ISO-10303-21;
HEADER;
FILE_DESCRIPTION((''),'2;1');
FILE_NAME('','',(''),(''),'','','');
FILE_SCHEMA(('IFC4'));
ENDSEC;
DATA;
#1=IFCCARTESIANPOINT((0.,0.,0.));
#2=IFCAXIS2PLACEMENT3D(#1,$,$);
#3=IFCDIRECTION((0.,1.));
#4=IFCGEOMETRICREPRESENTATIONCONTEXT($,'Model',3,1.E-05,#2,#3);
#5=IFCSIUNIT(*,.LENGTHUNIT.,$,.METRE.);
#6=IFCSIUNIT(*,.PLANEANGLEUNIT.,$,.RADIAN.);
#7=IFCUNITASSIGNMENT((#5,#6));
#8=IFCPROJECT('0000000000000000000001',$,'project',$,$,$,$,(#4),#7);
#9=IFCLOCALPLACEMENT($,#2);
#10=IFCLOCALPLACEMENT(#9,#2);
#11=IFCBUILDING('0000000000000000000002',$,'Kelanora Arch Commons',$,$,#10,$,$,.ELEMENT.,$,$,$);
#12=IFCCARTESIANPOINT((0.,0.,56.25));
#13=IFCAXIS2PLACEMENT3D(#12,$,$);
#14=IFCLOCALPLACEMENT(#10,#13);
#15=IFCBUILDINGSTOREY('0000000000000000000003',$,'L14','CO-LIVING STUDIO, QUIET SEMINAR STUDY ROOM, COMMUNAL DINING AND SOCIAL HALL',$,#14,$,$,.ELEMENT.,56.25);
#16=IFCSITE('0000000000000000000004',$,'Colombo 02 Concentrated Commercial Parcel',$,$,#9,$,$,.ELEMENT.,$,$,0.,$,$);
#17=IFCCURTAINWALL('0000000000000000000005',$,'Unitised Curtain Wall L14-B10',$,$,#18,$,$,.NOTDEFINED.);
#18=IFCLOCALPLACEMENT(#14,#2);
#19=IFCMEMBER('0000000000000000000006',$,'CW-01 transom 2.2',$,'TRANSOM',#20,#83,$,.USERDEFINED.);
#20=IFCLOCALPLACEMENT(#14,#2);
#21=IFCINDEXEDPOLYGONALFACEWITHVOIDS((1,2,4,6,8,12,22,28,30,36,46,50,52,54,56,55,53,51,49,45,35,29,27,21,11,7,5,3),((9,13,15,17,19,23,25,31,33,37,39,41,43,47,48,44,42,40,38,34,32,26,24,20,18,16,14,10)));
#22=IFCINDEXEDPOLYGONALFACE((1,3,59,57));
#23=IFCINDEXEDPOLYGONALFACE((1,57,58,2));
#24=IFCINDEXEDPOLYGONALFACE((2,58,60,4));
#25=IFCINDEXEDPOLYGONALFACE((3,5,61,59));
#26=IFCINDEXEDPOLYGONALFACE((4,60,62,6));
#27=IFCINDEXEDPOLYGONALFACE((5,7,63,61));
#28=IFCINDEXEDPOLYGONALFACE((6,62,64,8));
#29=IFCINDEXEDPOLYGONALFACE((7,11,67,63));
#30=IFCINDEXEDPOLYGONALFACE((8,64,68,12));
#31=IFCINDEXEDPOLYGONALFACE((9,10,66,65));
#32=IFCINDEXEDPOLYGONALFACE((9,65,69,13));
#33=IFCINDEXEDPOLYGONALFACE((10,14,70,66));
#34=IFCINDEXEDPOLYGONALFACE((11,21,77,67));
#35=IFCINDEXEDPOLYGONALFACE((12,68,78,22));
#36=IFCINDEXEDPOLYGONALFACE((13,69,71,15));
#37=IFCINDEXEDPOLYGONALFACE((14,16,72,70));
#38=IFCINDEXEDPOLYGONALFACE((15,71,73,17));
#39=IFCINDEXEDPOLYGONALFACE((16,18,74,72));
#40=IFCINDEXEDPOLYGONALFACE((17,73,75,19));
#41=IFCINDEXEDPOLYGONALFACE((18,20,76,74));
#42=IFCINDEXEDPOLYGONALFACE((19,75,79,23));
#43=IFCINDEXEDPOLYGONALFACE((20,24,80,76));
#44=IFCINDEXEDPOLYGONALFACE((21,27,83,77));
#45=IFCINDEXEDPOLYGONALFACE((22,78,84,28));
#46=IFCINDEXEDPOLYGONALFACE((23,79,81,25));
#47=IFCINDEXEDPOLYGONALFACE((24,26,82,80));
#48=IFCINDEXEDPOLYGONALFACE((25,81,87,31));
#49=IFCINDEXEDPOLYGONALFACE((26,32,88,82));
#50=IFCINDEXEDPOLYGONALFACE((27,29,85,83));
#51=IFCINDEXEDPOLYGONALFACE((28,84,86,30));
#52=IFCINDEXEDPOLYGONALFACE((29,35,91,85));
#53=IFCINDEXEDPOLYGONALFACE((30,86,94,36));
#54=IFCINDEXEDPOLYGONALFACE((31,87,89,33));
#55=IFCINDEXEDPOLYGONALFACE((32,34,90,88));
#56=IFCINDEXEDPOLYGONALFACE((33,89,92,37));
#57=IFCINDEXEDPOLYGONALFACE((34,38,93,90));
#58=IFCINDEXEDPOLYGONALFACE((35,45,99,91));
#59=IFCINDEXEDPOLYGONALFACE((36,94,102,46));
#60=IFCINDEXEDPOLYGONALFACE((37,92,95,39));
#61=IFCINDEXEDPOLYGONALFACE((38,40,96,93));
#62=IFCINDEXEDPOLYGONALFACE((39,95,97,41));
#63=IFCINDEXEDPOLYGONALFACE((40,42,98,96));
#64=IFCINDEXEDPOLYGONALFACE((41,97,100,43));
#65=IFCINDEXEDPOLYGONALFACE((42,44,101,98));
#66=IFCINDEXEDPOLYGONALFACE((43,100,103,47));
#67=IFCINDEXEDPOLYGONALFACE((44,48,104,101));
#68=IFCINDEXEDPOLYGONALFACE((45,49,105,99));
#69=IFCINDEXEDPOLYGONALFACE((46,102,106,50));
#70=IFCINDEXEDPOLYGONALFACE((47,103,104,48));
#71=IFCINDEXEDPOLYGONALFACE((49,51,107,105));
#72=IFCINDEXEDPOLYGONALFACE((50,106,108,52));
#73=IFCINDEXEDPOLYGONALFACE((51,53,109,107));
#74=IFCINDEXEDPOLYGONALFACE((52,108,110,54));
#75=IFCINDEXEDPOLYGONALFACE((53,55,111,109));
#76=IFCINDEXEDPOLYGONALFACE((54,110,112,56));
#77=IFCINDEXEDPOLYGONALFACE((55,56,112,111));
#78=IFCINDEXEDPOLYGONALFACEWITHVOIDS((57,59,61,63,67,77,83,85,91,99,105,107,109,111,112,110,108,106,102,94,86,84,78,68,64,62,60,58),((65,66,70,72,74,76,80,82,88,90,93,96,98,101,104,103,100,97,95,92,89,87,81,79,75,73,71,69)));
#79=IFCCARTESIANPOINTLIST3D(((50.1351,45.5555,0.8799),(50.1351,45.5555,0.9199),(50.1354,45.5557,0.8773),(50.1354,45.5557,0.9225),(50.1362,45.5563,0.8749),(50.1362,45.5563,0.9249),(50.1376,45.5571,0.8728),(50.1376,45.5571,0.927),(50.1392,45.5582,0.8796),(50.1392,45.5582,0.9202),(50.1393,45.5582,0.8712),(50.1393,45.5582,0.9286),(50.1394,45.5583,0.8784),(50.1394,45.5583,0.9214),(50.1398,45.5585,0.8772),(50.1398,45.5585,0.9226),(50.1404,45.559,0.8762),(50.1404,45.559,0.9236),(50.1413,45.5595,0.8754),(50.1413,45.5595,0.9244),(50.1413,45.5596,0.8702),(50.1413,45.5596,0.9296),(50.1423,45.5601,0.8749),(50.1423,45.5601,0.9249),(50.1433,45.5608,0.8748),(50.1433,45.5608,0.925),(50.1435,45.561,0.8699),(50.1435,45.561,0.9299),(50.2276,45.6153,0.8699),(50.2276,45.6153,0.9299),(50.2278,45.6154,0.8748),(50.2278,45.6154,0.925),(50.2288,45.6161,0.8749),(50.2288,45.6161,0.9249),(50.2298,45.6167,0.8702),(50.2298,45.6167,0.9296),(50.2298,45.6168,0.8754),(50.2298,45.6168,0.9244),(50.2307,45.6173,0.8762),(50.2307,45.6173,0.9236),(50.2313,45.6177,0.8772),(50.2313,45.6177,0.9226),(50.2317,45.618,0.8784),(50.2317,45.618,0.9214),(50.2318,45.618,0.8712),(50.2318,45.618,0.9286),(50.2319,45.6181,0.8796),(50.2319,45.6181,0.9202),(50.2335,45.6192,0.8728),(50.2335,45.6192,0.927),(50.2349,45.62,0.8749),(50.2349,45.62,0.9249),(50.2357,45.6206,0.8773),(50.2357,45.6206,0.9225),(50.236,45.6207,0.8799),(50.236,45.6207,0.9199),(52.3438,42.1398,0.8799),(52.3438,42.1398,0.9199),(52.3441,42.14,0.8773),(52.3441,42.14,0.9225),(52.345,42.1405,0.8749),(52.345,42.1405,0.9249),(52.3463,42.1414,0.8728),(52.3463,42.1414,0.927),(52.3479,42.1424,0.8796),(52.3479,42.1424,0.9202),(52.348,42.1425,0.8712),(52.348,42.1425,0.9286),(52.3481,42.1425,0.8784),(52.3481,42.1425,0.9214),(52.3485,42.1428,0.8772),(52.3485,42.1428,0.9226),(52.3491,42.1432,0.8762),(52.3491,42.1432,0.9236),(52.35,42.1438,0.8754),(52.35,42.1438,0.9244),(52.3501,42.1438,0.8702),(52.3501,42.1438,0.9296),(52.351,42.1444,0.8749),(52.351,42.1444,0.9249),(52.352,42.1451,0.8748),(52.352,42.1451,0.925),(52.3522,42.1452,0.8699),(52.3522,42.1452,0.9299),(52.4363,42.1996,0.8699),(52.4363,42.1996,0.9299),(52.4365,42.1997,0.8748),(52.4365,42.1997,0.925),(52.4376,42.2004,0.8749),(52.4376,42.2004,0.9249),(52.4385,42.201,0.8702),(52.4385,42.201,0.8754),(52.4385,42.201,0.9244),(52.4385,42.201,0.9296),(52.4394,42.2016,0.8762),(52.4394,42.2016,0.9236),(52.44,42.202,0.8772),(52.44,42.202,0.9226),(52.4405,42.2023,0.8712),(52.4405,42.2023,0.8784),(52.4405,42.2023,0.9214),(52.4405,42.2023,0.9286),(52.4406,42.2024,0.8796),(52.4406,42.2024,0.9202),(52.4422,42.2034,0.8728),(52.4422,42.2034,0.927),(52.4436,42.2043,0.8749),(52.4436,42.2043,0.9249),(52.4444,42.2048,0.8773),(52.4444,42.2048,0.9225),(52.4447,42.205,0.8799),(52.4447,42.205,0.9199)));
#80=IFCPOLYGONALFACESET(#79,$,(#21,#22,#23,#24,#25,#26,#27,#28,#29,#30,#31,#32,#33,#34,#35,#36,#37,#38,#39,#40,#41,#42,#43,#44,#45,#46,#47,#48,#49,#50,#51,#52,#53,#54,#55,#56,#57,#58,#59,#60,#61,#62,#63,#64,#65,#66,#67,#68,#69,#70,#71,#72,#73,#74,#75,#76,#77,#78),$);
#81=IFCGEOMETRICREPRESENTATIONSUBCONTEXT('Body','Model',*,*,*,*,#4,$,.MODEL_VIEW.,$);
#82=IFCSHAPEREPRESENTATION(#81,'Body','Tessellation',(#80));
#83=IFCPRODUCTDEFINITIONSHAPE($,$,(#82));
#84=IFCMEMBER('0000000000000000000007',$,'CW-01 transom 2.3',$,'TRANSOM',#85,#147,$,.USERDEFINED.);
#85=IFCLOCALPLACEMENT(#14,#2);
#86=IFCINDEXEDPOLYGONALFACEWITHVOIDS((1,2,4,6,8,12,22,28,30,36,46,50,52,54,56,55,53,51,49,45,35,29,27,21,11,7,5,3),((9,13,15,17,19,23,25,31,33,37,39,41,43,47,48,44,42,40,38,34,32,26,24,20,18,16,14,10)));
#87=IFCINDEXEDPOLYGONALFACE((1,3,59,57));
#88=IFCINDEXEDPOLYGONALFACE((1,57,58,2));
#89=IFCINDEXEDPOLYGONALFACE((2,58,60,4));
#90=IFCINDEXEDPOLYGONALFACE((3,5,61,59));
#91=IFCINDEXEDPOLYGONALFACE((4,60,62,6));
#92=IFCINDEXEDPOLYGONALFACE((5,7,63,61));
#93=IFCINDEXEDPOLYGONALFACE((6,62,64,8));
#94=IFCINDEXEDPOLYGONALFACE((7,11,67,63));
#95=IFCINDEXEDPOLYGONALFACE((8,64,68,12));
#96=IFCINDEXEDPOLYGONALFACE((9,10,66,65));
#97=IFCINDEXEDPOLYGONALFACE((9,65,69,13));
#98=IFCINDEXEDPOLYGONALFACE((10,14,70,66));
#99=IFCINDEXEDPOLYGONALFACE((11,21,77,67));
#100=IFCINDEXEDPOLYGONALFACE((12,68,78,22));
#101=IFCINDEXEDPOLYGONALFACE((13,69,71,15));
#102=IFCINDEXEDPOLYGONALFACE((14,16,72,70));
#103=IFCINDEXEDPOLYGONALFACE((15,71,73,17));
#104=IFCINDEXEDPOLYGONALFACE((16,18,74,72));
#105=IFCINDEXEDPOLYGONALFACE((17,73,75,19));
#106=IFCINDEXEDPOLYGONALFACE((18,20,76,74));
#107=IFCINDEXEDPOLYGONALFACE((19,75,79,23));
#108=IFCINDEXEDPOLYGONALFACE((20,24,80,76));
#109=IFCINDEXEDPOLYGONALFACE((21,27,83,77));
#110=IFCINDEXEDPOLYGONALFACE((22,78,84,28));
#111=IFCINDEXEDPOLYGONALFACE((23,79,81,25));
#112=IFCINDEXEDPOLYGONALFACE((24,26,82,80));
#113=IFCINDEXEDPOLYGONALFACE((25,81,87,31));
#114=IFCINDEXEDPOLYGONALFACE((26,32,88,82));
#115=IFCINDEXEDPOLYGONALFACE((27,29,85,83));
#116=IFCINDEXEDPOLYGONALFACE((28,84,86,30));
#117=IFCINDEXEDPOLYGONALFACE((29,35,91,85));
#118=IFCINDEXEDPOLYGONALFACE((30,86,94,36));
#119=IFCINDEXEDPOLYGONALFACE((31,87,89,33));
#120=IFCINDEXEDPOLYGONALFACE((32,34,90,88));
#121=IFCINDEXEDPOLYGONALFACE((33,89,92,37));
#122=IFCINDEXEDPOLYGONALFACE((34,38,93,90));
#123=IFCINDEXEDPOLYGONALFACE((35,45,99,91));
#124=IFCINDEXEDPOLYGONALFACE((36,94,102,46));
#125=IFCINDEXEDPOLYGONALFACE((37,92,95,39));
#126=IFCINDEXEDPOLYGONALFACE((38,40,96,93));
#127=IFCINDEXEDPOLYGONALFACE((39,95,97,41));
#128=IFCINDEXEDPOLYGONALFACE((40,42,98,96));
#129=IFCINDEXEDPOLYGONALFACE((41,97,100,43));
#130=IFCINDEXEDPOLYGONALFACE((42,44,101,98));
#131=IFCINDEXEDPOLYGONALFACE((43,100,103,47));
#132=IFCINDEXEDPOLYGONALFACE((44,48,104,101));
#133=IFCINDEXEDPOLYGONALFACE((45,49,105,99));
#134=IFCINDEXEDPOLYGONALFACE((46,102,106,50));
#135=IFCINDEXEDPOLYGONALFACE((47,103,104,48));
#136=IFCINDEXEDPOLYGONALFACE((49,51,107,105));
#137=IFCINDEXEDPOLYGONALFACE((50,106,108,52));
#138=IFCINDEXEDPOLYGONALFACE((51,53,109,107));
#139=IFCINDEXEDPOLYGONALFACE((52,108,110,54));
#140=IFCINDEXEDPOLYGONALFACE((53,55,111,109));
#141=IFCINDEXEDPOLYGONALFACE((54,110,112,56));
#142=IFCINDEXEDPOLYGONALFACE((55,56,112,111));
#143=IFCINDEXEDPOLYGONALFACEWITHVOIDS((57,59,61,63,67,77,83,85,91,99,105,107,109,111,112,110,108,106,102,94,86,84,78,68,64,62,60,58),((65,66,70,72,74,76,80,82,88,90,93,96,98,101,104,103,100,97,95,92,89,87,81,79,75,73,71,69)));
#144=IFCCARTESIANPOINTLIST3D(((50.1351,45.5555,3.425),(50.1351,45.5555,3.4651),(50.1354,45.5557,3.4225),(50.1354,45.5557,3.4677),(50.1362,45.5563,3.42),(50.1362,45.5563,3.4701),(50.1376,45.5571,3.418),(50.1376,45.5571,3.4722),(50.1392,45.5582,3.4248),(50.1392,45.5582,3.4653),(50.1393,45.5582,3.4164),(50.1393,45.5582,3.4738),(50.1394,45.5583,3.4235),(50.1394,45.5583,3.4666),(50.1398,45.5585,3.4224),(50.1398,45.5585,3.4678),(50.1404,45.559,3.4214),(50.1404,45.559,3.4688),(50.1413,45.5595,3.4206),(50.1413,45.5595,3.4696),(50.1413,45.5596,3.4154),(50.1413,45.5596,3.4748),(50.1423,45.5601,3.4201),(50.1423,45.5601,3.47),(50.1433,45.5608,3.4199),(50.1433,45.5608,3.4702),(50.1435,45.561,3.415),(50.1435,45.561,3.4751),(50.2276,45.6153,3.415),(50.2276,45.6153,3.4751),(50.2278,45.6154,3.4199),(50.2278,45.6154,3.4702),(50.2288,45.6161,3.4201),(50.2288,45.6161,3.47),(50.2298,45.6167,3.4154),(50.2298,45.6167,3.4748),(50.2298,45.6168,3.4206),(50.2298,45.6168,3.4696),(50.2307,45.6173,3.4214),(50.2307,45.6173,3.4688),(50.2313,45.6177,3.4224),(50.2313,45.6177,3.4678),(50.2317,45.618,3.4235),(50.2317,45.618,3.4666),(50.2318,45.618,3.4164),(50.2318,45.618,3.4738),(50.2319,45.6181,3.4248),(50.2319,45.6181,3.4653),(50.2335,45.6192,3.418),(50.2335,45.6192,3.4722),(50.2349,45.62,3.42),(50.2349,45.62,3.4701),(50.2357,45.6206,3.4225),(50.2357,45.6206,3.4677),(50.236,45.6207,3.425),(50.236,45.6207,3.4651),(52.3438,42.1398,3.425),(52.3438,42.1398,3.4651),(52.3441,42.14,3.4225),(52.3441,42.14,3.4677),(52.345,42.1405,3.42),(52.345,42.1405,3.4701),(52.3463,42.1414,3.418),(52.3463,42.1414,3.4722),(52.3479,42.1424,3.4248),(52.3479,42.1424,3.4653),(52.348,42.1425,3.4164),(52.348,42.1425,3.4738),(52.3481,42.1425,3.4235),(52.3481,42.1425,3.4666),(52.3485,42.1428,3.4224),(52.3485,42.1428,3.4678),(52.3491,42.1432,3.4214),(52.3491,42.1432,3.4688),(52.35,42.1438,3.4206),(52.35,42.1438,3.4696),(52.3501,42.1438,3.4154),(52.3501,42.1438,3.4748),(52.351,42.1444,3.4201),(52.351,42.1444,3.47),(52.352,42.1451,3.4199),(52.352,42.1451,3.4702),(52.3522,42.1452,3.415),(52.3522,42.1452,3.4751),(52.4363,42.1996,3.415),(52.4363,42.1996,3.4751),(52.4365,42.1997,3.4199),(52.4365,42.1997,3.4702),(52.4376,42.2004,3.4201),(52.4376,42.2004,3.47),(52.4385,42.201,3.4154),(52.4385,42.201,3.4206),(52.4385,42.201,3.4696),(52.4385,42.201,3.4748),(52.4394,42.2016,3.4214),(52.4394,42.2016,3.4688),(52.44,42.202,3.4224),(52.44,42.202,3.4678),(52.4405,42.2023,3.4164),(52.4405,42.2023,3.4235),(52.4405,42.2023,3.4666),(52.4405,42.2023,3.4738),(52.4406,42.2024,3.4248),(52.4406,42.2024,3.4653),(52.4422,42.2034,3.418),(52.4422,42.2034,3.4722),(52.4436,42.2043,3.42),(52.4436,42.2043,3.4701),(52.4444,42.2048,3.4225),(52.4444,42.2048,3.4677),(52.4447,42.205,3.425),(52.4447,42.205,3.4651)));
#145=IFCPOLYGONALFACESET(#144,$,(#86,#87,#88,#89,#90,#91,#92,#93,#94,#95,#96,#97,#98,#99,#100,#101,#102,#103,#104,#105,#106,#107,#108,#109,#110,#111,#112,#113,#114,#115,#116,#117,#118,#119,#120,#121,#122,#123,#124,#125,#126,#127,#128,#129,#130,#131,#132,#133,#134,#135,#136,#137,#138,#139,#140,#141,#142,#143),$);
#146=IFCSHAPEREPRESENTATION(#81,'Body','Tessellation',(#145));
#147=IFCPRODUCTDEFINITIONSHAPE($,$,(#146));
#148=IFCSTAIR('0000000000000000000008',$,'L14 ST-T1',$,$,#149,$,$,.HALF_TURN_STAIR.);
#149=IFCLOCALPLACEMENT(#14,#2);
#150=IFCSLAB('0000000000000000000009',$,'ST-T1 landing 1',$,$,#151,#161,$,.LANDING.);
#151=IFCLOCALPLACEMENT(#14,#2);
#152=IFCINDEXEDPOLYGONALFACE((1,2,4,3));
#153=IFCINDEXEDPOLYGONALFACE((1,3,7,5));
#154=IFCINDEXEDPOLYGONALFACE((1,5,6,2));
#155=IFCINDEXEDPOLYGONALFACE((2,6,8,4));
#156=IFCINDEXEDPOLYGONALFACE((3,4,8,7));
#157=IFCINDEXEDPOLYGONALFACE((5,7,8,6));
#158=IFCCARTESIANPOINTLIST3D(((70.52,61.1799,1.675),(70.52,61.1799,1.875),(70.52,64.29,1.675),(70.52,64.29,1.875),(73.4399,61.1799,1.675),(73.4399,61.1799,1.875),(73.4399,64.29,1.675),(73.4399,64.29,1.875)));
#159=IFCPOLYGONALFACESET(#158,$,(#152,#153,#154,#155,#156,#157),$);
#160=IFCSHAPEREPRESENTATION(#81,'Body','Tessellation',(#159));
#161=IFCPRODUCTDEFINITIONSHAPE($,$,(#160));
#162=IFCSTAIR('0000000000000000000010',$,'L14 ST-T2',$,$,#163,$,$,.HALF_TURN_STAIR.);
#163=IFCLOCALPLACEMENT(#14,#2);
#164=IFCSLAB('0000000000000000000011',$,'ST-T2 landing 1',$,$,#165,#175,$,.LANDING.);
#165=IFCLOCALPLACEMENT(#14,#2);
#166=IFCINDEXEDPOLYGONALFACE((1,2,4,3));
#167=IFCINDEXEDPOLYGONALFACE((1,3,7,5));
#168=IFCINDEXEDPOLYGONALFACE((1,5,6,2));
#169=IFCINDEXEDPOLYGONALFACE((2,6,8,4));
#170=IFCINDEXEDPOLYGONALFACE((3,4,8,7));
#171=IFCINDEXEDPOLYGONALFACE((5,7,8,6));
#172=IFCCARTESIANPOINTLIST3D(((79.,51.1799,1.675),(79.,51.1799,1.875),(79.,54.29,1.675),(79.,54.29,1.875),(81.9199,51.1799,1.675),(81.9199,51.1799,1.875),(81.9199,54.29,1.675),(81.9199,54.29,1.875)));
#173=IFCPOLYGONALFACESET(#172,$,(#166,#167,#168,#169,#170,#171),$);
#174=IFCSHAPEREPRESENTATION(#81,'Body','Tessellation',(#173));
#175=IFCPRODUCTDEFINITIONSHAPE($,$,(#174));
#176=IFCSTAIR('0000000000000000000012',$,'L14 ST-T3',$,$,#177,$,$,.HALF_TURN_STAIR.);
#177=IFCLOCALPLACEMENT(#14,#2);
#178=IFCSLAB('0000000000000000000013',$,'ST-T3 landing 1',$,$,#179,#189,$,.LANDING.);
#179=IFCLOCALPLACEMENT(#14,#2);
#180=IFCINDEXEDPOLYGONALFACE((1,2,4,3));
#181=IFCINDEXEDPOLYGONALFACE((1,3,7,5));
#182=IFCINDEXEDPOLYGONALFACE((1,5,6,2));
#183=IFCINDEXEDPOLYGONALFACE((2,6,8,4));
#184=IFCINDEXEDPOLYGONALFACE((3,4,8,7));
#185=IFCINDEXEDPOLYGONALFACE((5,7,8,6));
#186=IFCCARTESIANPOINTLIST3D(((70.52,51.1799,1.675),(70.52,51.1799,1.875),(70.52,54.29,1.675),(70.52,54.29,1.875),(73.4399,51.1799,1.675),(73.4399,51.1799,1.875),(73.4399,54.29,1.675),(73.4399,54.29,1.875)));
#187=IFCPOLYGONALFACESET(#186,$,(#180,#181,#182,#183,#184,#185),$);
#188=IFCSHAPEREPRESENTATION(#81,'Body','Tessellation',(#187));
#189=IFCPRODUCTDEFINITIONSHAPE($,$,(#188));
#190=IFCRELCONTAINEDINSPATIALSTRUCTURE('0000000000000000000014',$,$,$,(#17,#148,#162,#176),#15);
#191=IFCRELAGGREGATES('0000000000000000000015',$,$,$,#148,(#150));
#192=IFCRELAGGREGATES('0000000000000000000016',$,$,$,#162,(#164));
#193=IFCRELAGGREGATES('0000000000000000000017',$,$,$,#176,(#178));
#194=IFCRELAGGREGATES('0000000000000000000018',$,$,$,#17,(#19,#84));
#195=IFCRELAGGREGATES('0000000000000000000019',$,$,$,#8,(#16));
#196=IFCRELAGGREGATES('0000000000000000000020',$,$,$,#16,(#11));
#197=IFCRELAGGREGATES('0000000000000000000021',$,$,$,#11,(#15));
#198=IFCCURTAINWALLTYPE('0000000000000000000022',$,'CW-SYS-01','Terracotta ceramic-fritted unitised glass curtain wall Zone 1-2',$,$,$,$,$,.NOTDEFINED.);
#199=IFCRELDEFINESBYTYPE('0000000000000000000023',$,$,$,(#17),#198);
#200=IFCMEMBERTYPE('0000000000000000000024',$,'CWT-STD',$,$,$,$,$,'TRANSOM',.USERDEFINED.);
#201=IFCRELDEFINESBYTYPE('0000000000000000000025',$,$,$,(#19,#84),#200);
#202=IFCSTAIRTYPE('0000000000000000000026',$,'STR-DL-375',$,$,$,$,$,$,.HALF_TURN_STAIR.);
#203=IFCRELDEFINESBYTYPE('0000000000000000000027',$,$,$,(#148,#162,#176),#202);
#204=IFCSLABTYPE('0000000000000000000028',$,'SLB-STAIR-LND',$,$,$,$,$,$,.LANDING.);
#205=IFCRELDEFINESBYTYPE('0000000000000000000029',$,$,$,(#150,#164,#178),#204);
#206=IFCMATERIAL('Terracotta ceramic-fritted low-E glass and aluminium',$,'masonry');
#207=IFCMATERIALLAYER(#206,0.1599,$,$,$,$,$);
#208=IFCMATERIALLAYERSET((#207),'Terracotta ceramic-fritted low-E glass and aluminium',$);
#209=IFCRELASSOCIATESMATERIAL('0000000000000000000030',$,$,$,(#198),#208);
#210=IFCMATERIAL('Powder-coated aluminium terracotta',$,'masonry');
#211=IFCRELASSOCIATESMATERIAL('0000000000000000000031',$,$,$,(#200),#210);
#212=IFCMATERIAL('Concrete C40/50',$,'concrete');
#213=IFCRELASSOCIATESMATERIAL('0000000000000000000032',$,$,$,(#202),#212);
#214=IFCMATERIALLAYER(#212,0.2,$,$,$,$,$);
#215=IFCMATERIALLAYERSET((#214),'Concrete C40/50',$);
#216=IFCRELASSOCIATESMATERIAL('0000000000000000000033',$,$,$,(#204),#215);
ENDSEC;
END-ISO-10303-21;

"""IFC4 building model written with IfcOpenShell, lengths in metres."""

from ifc_helpers import new_model, si_unit, direction, frame, origin, origin_2d, place, context, subcontext, project, spatial, polyline, hollow_rectangle, outline, extrude, material, layer, layer_set, material_profile, profile_set, type_object, element, aggregate, save


model = new_model("IFC4")

# Units and contexts
model_context = context("Model", 3, precision=1e-05, world=origin(), true_north=direction((0.0, 1.0)))
body_context = subcontext(model_context, "Body", "Model", "MODEL_VIEW")
ifc_project = project(units=[si_unit("LENGTHUNIT", "METRE"), si_unit("PLANEANGLEUNIT", "RADIAN")], contexts=[model_context])

# Site, building, storey
site_placement = place(None, origin())
site = spatial("IfcSite", under=ifc_project, at=site_placement, Name="Colombo 02 Concentrated Commercial Parcel", CompositionType="ELEMENT", RefElevation=0.0)
building_placement = place(site_placement, origin())
building = spatial("IfcBuilding", under=site, at=building_placement, Name="Kelanora Arch Commons", CompositionType="ELEMENT")
storey_placement = place(building_placement, frame((0.0, 0.0, 56.25)))
storey = spatial("IfcBuildingStorey", under=building, at=storey_placement, Name="L14", Description="CO-LIVING STUDIO, QUIET SEMINAR STUDY ROOM, COMMUNAL DINING AND SOCIAL HALL", CompositionType="ELEMENT", Elevation=56.25)

# Shared definitions
ifc_material_1 = material(Name="Terracotta ceramic-fritted low-E glass and aluminium", Category="masonry")
ifc_layer_1 = layer(ifc_material_1, 0.1599)
ifc_layer_set_1 = layer_set([ifc_layer_1], Name="Terracotta ceramic-fritted low-E glass and aluminium")
curtain_wall_type = type_object("IfcCurtainWallType", Name="CW-SYS-01", Description="Terracotta ceramic-fritted unitised glass curtain wall Zone 1-2", PredefinedType="NOTDEFINED", material=ifc_layer_set_1)
ifc_material_2 = material(Name="Powder-coated aluminium terracotta", Category="masonry")

# Curtain wall, members
curtain_wall_1_placement = place(storey_placement, origin())
curtain_wall_1 = element("IfcCurtainWall", 1, at=curtain_wall_1_placement, inside=storey, type_object=curtain_wall_type, Name="Unitised Curtain Wall L14-B10", PredefinedType="NOTDEFINED")
ifc_material_profile_1 = material_profile(ifc_material_2, hollow_rectangle(XDim=0.1201, YDim=0.0601, WallThickness=0.0049, InnerFilletRadius=0.0049, OuterFilletRadius=0.01, at=origin_2d()), Name="CWT120x60")
ifc_profile_set_1 = profile_set([ifc_material_profile_1], Name="Powder-coated aluminium terracotta")
member_type_1 = type_object("IfcMemberType", Name="CWT-STD", ElementType="TRANSOM", PredefinedType="USERDEFINED", material=ifc_profile_set_1)
member_1_placement = place(storey_placement, frame((50.1855, 45.5881, 0.8999), z_axis=(0.542997, -0.839734, 0.0), x_axis=(0.839734, 0.542997, 0.0)))
member_1 = element("IfcMember", 2, at=member_1_placement, type_object=member_type_1, Name="CW-01 transom 2.2", ObjectType="TRANSOM", PredefinedType="USERDEFINED", context=body_context, shape_type="SweptSolid", body=[
    extrude(hollow_rectangle(XDim=0.1201, YDim=0.0601, WallThickness=0.0049, InnerFilletRadius=0.0049, OuterFilletRadius=0.01, at=origin_2d()), origin(), (0.0, 0.0, 1.0), 4.0676),
])
member_2_placement = place(storey_placement, frame((50.1855, 45.5881, 3.4451), z_axis=(0.542997, -0.839734, 0.0), x_axis=(0.839734, 0.542997, 0.0)))
member_2 = element("IfcMember", 3, at=member_2_placement, type_object=member_type_1, Name="CW-01 transom 2.3", ObjectType="TRANSOM", PredefinedType="USERDEFINED", context=body_context, shape_type="SweptSolid", body=[
    extrude(hollow_rectangle(XDim=0.1201, YDim=0.0601, WallThickness=0.0049, InnerFilletRadius=0.0049, OuterFilletRadius=0.01, at=origin_2d()), origin(), (0.0, 0.0, 1.0), 4.0676),
])

# Stairs, slabs
ifc_material_3 = material(Name="Concrete C40/50", Category="concrete")
stair_type = type_object("IfcStairType", Name="STR-DL-375", PredefinedType="HALF_TURN_STAIR", material=ifc_material_3)
stair_1_placement = place(storey_placement, origin())
stair_1 = element("IfcStair", 4, at=stair_1_placement, inside=storey, type_object=stair_type, Name="L14 ST-T1", PredefinedType="HALF_TURN_STAIR")
ifc_layer_2 = layer(ifc_material_3, 0.2)
ifc_layer_set_2 = layer_set([ifc_layer_2], Name="Concrete C40/50")
slab_type_1 = type_object("IfcSlabType", Name="SLB-STAIR-LND", PredefinedType="LANDING", material=ifc_layer_set_2)
slab_1_placement = place(storey_placement, frame((0.0, 0.0, 1.675)))
slab_1 = element("IfcSlab", 5, at=slab_1_placement, type_object=slab_type_1, Name="ST-T1 landing 1", PredefinedType="LANDING", context=body_context, shape_type="SweptSolid", body=[
    extrude(outline(polyline([(70.52, 61.1799), (73.4399, 61.1799), (73.4399, 64.29), (70.52, 64.29), (70.52, 61.1799)])), origin(), (0.0, 0.0, 1.0), 0.2),
])
aggregate(stair_1, [slab_1])
stair_2_placement = place(storey_placement, origin())
stair_2 = element("IfcStair", 6, at=stair_2_placement, inside=storey, type_object=stair_type, Name="L14 ST-T2", PredefinedType="HALF_TURN_STAIR")
slab_2_placement = place(storey_placement, frame((0.0, 0.0, 1.675)))
slab_2 = element("IfcSlab", 7, at=slab_2_placement, type_object=slab_type_1, Name="ST-T2 landing 1", PredefinedType="LANDING", context=body_context, shape_type="SweptSolid", body=[
    extrude(outline(polyline([(79.0, 51.1799), (81.9199, 51.1799), (81.9199, 54.29), (79.0, 54.29), (79.0, 51.1799)])), origin(), (0.0, 0.0, 1.0), 0.2),
])
aggregate(stair_2, [slab_2])
stair_3_placement = place(storey_placement, origin())
stair_3 = element("IfcStair", 8, at=stair_3_placement, inside=storey, type_object=stair_type, Name="L14 ST-T3", PredefinedType="HALF_TURN_STAIR")
slab_3_placement = place(storey_placement, frame((0.0, 0.0, 1.675)))
slab_3 = element("IfcSlab", 9, at=slab_3_placement, type_object=slab_type_1, Name="ST-T3 landing 1", PredefinedType="LANDING", context=body_context, shape_type="SweptSolid", body=[
    extrude(outline(polyline([(70.52, 51.1799), (73.4399, 51.1799), (73.4399, 54.29), (70.52, 54.29), (70.52, 51.1799)])), origin(), (0.0, 0.0, 1.0), 0.2),
])
aggregate(stair_3, [slab_3])

aggregate(curtain_wall_1, [member_1, member_2])

save(model, "model.ifc")
